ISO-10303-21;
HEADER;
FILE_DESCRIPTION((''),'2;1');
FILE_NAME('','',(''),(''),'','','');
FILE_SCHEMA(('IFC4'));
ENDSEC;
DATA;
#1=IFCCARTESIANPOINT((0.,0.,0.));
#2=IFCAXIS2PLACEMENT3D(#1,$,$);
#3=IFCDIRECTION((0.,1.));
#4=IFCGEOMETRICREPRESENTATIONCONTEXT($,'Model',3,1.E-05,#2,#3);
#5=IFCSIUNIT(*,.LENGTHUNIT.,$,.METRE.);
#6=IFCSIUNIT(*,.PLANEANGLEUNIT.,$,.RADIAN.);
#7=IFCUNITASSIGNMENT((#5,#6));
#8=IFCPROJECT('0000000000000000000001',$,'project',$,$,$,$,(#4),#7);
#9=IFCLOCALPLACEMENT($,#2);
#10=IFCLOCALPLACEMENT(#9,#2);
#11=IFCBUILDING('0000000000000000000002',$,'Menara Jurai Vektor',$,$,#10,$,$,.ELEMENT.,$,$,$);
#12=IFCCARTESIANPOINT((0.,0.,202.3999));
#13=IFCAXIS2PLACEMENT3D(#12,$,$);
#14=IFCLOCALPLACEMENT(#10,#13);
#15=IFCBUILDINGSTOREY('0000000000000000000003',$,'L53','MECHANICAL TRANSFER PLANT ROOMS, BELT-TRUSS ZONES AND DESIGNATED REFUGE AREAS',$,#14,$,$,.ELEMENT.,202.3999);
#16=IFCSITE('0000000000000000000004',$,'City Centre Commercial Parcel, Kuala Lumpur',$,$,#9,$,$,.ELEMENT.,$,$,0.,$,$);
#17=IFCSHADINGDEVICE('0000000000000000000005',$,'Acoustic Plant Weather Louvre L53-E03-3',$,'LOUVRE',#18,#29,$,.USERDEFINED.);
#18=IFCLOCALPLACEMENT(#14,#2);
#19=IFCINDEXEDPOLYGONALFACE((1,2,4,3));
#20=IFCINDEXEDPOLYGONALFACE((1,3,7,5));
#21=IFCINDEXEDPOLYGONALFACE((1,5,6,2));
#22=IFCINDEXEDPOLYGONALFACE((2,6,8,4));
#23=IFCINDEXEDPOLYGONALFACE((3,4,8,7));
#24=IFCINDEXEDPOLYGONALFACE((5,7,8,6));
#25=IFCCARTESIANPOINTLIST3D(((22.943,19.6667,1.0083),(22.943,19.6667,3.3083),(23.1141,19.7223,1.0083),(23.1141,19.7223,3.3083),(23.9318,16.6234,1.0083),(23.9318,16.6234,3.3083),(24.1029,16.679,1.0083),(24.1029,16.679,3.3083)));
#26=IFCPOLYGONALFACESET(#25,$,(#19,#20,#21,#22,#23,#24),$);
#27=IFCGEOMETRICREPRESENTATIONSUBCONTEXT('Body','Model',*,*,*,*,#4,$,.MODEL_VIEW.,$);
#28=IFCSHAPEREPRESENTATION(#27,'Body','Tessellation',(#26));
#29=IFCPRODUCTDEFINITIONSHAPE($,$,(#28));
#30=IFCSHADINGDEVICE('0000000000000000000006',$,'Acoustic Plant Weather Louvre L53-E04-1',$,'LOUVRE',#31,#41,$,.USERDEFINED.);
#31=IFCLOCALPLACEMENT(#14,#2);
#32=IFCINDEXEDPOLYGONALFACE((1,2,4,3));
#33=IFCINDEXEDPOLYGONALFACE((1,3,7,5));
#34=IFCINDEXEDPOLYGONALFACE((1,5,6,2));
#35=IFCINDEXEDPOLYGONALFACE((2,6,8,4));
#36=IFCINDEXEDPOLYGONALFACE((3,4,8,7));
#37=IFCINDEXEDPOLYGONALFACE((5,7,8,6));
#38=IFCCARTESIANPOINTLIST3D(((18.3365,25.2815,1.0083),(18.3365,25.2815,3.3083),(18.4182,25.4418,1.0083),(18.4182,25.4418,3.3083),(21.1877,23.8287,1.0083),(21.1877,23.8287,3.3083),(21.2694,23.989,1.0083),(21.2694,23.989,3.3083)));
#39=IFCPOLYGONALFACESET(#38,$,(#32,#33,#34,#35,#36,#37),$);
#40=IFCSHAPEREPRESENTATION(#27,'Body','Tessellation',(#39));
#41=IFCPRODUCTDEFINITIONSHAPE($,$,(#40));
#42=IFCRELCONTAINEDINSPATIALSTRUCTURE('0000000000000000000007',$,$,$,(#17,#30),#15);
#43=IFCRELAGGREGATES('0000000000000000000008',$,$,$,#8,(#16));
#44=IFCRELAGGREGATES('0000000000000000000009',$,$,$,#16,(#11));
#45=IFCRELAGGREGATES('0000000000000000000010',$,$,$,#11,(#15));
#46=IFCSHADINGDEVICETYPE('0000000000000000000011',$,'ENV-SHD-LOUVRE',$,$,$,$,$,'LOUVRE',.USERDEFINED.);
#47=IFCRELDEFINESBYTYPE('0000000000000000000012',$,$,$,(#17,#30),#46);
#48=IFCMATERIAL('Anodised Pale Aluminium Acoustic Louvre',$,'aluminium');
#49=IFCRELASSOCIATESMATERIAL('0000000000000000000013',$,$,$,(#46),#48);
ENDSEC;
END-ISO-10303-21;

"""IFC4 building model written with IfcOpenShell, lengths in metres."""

from ifc_helpers import new_model, si_unit, direction, frame, origin, origin_2d, place, context, subcontext, project, spatial, rectangle, extrude, material, type_object, element, save


model = new_model("IFC4")

# Units and contexts
model_context = context("Model", 3, precision=1e-05, world=origin(), true_north=direction((0.0, 1.0)))
body_context = subcontext(model_context, "Body", "Model", "MODEL_VIEW")
ifc_project = project(units=[si_unit("LENGTHUNIT", "METRE"), si_unit("PLANEANGLEUNIT", "RADIAN")], contexts=[model_context])

# Site, building, storey
site_placement = place(None, origin())
site = spatial("IfcSite", under=ifc_project, at=site_placement, Name="City Centre Commercial Parcel, Kuala Lumpur", CompositionType="ELEMENT", RefElevation=0.0)
building_placement = place(site_placement, origin())
building = spatial("IfcBuilding", under=site, at=building_placement, Name="Menara Jurai Vektor", CompositionType="ELEMENT")
storey_placement = place(building_placement, frame((0.0, 0.0, 202.3999)))
storey = spatial("IfcBuildingStorey", under=building, at=storey_placement, Name="L53", Description="MECHANICAL TRANSFER PLANT ROOMS, BELT-TRUSS ZONES AND DESIGNATED REFUGE AREAS", CompositionType="ELEMENT", Elevation=202.3999)

# Shading devices
ifc_material_1 = material(Name="Anodised Pale Aluminium Acoustic Louvre", Category="aluminium")
shading_device_type = type_object("IfcShadingDeviceType", Name="ENV-SHD-LOUVRE", ElementType="LOUVRE", PredefinedType="USERDEFINED", material=ifc_material_1)
for number, where, z_axis, x_axis, name in (
    (1, (23.5229, 18.1729, 1.0083), (0.0, 0.0, 1.0), (-0.309017, 0.951057, 0.0), "Acoustic Plant Weather Louvre L53-E03-3"),
    (2, (19.803, 24.6353, 1.0083), (0.0, 0.0, 1.0), (-0.891007, 0.45399, 0.0), "Acoustic Plant Weather Louvre L53-E04-1"),
):
    element("IfcShadingDevice", number, at=place(storey_placement, frame(where, z_axis=z_axis, x_axis=x_axis)), inside=storey, type_object=shading_device_type, Name=name, ObjectType="LOUVRE", PredefinedType="USERDEFINED", context=body_context, shape_type="SweptSolid", body=[
        extrude(rectangle(XDim=3.2, YDim=0.1799, at=origin_2d()), origin(), (0.0, 0.0, 1.0), 2.3),
    ])

save(model, "model.ifc")
